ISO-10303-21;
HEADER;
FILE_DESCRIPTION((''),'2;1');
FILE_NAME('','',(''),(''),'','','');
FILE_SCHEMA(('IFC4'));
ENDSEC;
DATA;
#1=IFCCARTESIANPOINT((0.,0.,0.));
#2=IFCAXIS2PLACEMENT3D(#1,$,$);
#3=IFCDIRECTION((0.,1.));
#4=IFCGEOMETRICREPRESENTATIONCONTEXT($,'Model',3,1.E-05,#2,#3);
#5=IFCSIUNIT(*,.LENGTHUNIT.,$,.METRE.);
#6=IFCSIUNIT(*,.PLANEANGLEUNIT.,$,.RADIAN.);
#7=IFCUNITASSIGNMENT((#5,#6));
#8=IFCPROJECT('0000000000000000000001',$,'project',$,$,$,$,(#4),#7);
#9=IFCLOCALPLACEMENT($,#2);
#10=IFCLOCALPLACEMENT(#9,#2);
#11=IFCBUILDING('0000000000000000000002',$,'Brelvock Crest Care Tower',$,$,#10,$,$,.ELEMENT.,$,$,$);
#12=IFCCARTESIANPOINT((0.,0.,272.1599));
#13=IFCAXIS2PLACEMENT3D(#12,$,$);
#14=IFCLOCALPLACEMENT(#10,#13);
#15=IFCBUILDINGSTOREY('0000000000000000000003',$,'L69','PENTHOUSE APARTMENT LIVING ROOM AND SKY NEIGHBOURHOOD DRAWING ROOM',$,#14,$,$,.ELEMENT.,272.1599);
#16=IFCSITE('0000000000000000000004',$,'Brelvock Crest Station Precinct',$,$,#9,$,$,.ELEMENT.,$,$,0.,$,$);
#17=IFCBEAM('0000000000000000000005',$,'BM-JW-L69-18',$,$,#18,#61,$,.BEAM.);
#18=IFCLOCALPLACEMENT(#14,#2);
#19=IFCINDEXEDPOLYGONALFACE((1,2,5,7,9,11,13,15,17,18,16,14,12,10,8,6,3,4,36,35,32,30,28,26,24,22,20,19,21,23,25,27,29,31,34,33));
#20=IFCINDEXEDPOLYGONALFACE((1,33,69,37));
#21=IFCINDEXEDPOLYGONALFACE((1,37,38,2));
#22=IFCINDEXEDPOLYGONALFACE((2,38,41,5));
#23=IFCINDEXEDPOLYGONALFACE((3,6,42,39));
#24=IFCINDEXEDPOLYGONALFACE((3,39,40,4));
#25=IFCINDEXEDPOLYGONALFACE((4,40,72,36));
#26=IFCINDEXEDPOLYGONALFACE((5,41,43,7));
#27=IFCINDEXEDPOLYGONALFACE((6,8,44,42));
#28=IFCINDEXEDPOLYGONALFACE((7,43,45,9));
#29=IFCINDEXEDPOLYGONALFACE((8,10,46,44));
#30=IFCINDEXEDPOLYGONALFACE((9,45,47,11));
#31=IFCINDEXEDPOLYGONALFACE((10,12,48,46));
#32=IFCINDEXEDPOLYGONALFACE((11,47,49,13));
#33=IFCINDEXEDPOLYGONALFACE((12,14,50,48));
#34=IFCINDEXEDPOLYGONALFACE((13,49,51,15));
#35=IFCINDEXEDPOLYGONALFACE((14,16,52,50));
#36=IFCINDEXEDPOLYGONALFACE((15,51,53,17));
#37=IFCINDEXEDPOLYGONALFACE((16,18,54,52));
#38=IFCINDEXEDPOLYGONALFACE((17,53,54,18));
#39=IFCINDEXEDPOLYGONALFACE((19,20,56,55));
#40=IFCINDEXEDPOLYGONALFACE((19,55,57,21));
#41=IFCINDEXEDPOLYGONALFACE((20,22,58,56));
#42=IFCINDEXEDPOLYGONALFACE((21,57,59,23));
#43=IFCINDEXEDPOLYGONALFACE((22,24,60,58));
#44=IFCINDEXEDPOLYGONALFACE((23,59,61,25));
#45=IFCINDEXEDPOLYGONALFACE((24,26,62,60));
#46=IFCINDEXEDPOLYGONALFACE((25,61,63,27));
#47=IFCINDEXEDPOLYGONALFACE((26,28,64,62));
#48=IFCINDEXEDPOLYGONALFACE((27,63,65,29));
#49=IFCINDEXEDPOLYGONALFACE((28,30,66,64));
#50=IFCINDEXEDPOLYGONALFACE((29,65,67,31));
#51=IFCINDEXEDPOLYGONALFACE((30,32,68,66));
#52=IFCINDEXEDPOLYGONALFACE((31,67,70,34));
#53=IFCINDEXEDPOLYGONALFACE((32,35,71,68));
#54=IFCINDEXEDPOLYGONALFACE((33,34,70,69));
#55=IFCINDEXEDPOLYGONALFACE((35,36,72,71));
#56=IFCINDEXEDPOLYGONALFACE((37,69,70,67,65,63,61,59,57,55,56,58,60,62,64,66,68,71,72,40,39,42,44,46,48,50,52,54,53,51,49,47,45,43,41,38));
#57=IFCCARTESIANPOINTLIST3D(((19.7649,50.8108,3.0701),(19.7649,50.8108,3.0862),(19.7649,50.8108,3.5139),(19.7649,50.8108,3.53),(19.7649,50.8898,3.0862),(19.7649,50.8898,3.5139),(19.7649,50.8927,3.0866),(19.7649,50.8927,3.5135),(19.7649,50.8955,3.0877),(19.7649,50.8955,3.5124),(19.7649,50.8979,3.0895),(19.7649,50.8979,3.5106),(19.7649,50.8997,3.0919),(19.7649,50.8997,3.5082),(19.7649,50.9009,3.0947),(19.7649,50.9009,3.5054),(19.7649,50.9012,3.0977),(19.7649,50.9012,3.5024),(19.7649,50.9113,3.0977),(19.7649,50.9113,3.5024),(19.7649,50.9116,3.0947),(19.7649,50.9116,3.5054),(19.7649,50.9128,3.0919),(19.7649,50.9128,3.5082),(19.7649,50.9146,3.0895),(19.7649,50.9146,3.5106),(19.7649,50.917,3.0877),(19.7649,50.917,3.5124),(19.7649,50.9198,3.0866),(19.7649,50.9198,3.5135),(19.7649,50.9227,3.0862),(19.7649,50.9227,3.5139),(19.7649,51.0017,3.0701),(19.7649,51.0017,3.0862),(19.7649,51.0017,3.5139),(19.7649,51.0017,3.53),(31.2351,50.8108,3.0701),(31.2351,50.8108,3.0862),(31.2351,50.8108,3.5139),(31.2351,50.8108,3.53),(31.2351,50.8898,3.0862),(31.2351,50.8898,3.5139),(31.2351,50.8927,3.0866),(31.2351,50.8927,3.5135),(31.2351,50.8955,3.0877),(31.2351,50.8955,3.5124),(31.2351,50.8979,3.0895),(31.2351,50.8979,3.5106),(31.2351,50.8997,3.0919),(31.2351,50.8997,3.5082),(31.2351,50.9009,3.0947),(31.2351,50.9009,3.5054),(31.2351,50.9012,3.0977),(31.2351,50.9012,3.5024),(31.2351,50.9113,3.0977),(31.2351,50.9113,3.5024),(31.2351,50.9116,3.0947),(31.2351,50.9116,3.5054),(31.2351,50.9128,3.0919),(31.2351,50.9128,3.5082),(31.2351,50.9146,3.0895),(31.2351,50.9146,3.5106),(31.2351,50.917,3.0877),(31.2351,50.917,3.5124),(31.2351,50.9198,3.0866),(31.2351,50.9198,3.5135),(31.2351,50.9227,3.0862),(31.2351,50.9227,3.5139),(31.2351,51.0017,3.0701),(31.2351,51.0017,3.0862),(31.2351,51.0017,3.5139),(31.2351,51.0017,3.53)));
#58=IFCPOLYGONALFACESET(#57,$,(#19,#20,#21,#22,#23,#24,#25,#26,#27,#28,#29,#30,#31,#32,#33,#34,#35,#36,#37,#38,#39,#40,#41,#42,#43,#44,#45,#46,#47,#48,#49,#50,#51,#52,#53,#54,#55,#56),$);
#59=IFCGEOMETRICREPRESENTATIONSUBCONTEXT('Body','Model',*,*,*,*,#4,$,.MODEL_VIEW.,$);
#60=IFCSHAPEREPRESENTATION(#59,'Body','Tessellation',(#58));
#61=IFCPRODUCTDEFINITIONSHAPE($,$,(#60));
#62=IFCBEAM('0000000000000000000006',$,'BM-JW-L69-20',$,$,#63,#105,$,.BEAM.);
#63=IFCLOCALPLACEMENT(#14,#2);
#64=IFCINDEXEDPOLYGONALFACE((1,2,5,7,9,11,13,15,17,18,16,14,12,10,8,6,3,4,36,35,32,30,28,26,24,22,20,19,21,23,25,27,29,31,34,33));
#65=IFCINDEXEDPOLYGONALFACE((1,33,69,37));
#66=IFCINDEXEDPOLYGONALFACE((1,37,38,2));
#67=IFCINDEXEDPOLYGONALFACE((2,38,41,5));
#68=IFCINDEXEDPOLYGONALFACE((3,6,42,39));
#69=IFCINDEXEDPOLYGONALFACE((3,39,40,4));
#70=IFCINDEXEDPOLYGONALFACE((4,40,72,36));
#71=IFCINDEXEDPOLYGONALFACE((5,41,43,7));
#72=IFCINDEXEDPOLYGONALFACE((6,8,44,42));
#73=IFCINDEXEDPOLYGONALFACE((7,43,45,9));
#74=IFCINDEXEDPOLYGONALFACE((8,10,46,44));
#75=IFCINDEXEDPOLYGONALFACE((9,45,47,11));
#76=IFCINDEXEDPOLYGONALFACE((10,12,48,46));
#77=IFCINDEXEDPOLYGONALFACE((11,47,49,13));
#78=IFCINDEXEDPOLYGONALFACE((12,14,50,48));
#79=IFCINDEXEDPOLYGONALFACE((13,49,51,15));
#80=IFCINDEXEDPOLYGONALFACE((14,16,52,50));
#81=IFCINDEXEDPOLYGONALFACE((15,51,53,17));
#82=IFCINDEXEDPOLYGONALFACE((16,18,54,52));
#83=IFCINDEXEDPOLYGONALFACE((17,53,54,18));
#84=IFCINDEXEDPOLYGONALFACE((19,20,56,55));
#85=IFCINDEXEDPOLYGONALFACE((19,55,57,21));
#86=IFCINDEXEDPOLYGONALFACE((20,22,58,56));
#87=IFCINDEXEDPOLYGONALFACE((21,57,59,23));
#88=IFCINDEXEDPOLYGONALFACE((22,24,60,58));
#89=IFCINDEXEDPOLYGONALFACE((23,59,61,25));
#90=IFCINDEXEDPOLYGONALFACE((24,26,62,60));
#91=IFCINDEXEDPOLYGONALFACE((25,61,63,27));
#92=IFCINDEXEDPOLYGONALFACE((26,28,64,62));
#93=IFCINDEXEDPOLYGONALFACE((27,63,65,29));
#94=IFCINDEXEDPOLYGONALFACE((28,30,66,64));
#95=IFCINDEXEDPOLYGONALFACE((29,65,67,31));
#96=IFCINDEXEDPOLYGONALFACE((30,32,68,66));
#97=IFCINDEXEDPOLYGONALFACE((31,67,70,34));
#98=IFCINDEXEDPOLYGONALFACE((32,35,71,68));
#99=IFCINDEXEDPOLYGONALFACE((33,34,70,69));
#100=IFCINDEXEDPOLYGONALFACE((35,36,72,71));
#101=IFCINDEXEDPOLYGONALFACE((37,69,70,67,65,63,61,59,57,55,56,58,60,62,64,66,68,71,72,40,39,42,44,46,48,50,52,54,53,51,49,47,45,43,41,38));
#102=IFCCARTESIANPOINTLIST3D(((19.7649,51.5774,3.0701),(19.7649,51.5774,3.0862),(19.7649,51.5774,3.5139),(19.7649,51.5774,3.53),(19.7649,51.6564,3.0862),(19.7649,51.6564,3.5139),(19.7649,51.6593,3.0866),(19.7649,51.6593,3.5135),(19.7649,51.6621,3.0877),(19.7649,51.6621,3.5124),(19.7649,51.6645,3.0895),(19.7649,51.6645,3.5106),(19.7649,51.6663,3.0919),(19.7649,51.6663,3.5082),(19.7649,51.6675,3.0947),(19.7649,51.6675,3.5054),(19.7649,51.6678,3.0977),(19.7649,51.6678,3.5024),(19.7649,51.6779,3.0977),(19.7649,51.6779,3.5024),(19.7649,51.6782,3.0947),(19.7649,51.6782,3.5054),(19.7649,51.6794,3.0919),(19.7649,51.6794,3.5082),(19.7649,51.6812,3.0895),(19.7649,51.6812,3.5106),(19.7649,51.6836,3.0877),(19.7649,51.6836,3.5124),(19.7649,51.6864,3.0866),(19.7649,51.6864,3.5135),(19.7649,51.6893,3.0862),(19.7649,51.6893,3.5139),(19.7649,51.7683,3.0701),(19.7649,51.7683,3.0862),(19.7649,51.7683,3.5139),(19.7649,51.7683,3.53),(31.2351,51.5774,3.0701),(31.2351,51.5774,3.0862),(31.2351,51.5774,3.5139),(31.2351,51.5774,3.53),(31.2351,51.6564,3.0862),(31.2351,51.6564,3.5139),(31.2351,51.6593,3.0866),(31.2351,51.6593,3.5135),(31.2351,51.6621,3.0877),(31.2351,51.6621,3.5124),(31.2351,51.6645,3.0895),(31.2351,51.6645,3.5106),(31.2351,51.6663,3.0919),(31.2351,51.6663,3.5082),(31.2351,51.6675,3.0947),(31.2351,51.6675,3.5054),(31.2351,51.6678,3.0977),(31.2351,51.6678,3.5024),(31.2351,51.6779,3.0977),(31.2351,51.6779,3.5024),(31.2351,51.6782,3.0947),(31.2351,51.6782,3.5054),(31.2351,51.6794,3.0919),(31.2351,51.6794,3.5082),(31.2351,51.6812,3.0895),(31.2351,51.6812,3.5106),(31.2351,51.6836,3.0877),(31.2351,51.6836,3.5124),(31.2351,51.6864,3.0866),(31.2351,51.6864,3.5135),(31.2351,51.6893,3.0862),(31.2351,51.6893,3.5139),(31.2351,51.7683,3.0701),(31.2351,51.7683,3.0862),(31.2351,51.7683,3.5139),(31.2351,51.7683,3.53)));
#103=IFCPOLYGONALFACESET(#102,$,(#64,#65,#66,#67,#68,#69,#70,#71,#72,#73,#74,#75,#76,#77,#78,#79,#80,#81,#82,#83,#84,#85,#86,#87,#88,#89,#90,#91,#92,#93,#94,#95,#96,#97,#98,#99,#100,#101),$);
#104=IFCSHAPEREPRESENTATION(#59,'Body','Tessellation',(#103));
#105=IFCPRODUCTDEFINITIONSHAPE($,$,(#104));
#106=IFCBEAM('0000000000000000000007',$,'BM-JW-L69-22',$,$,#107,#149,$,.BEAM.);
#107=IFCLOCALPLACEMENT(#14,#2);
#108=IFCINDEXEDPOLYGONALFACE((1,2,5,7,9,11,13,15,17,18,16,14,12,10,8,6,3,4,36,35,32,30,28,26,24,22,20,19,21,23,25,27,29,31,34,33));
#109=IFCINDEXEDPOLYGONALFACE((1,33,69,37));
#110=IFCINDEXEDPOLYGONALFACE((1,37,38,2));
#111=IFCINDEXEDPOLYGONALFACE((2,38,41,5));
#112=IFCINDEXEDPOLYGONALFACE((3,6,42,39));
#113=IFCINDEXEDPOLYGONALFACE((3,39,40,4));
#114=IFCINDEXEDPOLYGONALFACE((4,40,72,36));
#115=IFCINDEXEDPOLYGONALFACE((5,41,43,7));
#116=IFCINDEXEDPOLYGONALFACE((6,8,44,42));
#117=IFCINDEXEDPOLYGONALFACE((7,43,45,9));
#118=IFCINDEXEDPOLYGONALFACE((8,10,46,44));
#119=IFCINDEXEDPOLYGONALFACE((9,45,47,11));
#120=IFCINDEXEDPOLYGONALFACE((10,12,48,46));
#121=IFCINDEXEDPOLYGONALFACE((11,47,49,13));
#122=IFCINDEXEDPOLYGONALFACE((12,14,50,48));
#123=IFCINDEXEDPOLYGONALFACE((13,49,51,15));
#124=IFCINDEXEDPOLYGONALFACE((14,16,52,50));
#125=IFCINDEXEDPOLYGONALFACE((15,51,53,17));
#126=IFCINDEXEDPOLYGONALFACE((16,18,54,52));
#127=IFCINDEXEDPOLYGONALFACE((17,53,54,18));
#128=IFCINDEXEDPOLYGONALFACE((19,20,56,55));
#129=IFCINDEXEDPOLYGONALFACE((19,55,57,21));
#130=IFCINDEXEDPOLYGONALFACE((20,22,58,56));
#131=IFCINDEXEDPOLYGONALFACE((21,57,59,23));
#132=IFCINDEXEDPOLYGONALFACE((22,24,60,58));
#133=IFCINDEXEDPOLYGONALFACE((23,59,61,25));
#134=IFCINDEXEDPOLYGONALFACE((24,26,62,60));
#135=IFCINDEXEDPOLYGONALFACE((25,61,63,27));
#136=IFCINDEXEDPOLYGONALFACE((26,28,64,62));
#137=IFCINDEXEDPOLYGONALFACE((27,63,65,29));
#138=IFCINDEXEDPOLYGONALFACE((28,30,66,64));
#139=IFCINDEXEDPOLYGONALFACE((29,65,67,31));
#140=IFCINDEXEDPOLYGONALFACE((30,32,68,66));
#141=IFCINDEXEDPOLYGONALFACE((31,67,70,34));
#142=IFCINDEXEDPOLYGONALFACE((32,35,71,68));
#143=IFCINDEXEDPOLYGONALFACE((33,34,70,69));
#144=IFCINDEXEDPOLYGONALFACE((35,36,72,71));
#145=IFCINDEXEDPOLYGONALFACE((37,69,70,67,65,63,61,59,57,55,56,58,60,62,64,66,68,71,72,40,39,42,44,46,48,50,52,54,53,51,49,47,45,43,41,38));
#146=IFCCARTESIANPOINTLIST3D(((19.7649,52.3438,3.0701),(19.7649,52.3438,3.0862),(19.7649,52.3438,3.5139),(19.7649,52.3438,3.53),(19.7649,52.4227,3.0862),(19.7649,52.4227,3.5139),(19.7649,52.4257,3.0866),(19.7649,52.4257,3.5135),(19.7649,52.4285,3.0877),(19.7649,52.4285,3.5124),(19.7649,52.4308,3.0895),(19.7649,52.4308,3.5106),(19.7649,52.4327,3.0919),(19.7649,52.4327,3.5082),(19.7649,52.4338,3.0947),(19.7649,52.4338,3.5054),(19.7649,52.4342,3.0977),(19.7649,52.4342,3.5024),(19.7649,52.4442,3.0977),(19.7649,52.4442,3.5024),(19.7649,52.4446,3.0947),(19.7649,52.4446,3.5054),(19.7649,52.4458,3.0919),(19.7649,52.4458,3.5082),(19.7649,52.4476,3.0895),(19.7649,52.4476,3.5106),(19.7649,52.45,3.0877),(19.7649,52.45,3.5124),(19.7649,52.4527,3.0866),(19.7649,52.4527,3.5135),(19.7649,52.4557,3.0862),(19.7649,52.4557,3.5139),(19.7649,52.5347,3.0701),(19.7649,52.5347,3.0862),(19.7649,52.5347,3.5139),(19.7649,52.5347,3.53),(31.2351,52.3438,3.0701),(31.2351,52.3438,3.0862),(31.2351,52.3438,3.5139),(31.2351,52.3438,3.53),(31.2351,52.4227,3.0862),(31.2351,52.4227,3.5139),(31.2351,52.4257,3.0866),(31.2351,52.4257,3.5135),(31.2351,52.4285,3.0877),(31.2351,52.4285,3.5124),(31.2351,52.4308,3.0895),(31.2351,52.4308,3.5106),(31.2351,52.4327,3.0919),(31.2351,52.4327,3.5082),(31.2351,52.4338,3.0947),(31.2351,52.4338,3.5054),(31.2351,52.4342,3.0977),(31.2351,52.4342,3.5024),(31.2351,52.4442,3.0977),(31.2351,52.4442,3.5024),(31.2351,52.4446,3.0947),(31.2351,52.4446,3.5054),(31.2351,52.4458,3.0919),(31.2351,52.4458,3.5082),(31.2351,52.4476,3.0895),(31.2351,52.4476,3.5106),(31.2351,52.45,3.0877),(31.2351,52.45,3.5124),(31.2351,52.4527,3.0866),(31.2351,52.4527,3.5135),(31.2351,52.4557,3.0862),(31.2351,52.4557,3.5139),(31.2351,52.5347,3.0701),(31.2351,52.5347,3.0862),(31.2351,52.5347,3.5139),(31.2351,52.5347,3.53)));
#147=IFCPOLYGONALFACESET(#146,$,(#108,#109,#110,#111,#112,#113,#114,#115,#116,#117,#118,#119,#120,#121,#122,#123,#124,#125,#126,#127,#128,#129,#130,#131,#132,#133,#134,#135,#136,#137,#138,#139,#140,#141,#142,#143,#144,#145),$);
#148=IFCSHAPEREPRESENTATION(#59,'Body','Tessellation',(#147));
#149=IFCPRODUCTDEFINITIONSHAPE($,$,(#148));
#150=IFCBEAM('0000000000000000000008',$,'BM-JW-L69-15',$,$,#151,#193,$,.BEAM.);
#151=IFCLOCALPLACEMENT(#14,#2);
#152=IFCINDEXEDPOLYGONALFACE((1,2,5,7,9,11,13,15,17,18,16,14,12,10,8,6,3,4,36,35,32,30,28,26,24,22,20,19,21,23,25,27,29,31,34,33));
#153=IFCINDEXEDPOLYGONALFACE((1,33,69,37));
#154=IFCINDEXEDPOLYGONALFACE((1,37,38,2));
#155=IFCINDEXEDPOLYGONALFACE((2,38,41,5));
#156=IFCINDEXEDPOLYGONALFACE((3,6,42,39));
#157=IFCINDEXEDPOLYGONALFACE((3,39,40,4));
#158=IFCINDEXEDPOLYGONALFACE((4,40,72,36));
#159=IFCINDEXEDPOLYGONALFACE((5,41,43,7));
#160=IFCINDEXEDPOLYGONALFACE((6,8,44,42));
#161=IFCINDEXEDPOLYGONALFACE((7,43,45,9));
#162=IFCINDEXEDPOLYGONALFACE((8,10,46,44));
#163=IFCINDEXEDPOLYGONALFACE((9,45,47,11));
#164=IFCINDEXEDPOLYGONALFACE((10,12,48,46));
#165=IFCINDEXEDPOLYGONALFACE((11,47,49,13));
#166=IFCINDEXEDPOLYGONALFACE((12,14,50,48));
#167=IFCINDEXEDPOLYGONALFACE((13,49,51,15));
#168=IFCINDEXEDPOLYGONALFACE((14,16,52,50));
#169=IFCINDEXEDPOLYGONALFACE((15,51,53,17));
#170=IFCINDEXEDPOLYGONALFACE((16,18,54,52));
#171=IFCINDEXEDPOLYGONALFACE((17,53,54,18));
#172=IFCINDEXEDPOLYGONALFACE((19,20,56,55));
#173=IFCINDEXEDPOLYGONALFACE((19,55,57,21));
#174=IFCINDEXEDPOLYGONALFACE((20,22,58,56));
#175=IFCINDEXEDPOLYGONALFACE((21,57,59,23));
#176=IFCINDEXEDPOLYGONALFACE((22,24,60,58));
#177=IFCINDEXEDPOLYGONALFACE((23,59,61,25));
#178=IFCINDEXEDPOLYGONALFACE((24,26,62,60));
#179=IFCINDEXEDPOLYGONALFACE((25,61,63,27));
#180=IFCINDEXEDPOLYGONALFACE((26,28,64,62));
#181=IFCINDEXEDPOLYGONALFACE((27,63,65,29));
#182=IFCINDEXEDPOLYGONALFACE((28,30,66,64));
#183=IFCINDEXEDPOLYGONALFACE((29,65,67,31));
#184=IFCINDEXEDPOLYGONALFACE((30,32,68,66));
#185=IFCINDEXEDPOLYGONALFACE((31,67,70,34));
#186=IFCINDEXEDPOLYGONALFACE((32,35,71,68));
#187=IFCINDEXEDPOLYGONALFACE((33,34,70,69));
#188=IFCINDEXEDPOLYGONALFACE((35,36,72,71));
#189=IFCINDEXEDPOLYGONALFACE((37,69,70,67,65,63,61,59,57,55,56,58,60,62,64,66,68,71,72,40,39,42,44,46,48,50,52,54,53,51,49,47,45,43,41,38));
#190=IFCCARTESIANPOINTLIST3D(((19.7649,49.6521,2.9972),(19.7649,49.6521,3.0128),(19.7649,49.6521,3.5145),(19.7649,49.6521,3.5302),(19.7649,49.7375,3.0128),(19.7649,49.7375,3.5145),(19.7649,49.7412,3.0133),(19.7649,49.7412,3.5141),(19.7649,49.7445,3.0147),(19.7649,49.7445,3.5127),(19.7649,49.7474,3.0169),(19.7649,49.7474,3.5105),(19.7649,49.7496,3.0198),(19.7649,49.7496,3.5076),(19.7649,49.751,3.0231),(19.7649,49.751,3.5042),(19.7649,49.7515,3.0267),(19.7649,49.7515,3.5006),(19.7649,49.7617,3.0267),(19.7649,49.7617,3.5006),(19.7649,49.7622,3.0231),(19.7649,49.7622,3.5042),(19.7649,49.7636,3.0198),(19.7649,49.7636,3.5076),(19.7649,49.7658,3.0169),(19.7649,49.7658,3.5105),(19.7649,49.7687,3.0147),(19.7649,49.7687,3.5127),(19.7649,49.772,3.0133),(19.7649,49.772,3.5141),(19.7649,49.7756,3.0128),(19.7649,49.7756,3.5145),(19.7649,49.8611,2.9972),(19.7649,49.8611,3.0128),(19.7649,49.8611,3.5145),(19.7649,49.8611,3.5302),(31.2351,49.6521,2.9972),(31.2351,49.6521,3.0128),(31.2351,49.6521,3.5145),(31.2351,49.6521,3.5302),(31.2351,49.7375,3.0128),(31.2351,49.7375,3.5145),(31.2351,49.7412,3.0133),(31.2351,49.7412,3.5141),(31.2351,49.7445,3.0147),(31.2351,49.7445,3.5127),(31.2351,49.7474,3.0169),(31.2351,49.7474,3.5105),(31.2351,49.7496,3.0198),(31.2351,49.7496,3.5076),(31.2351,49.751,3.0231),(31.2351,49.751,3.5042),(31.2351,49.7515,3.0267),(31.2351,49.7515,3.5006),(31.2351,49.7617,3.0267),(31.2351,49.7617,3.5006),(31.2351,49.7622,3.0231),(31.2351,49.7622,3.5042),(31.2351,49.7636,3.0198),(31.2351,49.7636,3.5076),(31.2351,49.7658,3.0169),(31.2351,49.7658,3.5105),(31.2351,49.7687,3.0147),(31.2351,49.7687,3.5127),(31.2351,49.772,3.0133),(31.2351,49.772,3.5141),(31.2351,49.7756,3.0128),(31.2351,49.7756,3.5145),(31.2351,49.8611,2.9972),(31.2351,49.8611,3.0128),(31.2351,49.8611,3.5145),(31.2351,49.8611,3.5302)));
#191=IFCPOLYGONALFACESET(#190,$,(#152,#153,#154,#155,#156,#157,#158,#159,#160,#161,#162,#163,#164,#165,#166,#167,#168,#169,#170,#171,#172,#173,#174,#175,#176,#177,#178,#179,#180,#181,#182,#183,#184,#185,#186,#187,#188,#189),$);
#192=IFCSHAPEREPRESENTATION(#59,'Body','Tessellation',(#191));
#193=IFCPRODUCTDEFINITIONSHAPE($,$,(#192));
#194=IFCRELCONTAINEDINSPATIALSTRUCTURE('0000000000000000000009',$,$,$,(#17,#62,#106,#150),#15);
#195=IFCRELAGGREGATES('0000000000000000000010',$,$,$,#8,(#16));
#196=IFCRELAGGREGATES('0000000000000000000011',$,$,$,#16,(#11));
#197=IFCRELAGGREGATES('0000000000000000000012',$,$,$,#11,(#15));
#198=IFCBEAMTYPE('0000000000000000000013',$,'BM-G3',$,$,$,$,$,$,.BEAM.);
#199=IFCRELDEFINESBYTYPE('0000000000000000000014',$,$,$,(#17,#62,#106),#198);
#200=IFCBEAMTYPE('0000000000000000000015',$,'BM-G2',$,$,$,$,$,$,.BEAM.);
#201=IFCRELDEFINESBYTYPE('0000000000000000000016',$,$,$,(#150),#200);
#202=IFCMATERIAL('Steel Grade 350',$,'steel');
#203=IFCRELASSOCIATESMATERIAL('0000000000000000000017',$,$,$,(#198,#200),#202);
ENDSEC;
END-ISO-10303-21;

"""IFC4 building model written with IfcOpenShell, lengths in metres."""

from ifc_helpers import new_model, si_unit, direction, frame, origin, origin_2d, place, context, subcontext, project, spatial, i_section, extrude, source, transform, mapped, material, material_profile, profile_set, type_object, element, save


model = new_model("IFC4")

# Units and contexts
model_context = context("Model", 3, precision=1e-05, world=origin(), true_north=direction((0.0, 1.0)))
body_context = subcontext(model_context, "Body", "Model", "MODEL_VIEW")
ifc_project = project(units=[si_unit("LENGTHUNIT", "METRE"), si_unit("PLANEANGLEUNIT", "RADIAN")], contexts=[model_context])

# Site, building, storey
site_placement = place(None, origin())
site = spatial("IfcSite", under=ifc_project, at=site_placement, Name="Brelvock Crest Station Precinct", CompositionType="ELEMENT", RefElevation=0.0)
building_placement = place(site_placement, origin())
building = spatial("IfcBuilding", under=site, at=building_placement, Name="Brelvock Crest Care Tower", CompositionType="ELEMENT")
storey_placement = place(building_placement, frame((0.0, 0.0, 272.1599)))
storey = spatial("IfcBuildingStorey", under=building, at=storey_placement, Name="L69", Description="PENTHOUSE APARTMENT LIVING ROOM AND SKY NEIGHBOURHOOD DRAWING ROOM", CompositionType="ELEMENT", Elevation=272.1599)

# Beams
ifc_material_1 = material(Name="Steel Grade 350", Category="steel")
ifc_material_profile_1 = material_profile(ifc_material_1, i_section(OverallWidth=0.1909, OverallDepth=0.46, WebThickness=0.01, FlangeThickness=0.0161, FilletRadius=0.0115, at=origin_2d()), Name="460UB82.1")
ifc_profile_set_1 = profile_set([ifc_material_profile_1], Name="Steel Grade 350")
beam_type_1 = type_object("IfcBeamType", Name="BM-G3", PredefinedType="BEAM", material=ifc_profile_set_1)
shared_shape_1 = source(origin(), body_context, "Body", "SweptSolid", [
    extrude(i_section(OverallWidth=0.1909, OverallDepth=0.46, WebThickness=0.01, FlangeThickness=0.0161, FilletRadius=0.0115, at=origin_2d()), origin(), (0.0, 0.0, 1.0), 11.4702),
])
for number, where, z_axis, x_axis, name in (
    (1, (19.7649, 50.9062, 3.3), (1.0, 0.0, 0.0), (0.0, 1.0, 0.0), "BM-JW-L69-18"),
    (2, (19.7649, 51.6729, 3.3), (1.0, 0.0, 0.0), (0.0, 1.0, 0.0), "BM-JW-L69-20"),
    (3, (19.7649, 52.4392, 3.3), (1.0, 0.0, 0.0), (0.0, 1.0, 0.0), "BM-JW-L69-22"),
):
    element("IfcBeam", number, at=place(storey_placement, frame(where, z_axis=z_axis, x_axis=x_axis)), inside=storey, type_object=beam_type_1, Name=name, PredefinedType="BEAM", context=body_context, shape_type="MappedRepresentation", body=[
        mapped(shared_shape_1, transform((0.0, 0.0, 0.0), x_axis=(1.0, 0.0, 0.0), y_axis=(0.0, 1.0, 0.0), z_axis=(0.0, 0.0, 1.0), scale=1.0)),
    ])
ifc_material_profile_2 = material_profile(ifc_material_1, i_section(OverallWidth=0.209, OverallDepth=0.533, WebThickness=0.0103, FlangeThickness=0.0156, FilletRadius=0.0139, at=origin_2d()), Name="530UB92.4")
ifc_profile_set_2 = profile_set([ifc_material_profile_2], Name="Steel Grade 350")
beam_type_2 = type_object("IfcBeamType", Name="BM-G2", PredefinedType="BEAM", material=ifc_profile_set_2)
shared_shape_2 = source(origin(), body_context, "Body", "SweptSolid", [
    extrude(i_section(OverallWidth=0.209, OverallDepth=0.533, WebThickness=0.0103, FlangeThickness=0.0156, FilletRadius=0.0139, at=origin_2d()), origin(), (0.0, 0.0, 1.0), 11.4702),
])
for number, where, z_axis, x_axis, name in (
    (4, (19.7649, 49.7566, 3.2637), (1.0, 0.0, 0.0), (0.0, 1.0, 0.0), "BM-JW-L69-15"),
):
    element("IfcBeam", number, at=place(storey_placement, frame(where, z_axis=z_axis, x_axis=x_axis)), inside=storey, type_object=beam_type_2, Name=name, PredefinedType="BEAM", context=body_context, shape_type="MappedRepresentation", body=[
        mapped(shared_shape_2, transform((0.0, 0.0, 0.0), x_axis=(1.0, 0.0, 0.0), y_axis=(0.0, 1.0, 0.0), z_axis=(0.0, 0.0, 1.0), scale=1.0)),
    ])

save(model, "model.ifc")
